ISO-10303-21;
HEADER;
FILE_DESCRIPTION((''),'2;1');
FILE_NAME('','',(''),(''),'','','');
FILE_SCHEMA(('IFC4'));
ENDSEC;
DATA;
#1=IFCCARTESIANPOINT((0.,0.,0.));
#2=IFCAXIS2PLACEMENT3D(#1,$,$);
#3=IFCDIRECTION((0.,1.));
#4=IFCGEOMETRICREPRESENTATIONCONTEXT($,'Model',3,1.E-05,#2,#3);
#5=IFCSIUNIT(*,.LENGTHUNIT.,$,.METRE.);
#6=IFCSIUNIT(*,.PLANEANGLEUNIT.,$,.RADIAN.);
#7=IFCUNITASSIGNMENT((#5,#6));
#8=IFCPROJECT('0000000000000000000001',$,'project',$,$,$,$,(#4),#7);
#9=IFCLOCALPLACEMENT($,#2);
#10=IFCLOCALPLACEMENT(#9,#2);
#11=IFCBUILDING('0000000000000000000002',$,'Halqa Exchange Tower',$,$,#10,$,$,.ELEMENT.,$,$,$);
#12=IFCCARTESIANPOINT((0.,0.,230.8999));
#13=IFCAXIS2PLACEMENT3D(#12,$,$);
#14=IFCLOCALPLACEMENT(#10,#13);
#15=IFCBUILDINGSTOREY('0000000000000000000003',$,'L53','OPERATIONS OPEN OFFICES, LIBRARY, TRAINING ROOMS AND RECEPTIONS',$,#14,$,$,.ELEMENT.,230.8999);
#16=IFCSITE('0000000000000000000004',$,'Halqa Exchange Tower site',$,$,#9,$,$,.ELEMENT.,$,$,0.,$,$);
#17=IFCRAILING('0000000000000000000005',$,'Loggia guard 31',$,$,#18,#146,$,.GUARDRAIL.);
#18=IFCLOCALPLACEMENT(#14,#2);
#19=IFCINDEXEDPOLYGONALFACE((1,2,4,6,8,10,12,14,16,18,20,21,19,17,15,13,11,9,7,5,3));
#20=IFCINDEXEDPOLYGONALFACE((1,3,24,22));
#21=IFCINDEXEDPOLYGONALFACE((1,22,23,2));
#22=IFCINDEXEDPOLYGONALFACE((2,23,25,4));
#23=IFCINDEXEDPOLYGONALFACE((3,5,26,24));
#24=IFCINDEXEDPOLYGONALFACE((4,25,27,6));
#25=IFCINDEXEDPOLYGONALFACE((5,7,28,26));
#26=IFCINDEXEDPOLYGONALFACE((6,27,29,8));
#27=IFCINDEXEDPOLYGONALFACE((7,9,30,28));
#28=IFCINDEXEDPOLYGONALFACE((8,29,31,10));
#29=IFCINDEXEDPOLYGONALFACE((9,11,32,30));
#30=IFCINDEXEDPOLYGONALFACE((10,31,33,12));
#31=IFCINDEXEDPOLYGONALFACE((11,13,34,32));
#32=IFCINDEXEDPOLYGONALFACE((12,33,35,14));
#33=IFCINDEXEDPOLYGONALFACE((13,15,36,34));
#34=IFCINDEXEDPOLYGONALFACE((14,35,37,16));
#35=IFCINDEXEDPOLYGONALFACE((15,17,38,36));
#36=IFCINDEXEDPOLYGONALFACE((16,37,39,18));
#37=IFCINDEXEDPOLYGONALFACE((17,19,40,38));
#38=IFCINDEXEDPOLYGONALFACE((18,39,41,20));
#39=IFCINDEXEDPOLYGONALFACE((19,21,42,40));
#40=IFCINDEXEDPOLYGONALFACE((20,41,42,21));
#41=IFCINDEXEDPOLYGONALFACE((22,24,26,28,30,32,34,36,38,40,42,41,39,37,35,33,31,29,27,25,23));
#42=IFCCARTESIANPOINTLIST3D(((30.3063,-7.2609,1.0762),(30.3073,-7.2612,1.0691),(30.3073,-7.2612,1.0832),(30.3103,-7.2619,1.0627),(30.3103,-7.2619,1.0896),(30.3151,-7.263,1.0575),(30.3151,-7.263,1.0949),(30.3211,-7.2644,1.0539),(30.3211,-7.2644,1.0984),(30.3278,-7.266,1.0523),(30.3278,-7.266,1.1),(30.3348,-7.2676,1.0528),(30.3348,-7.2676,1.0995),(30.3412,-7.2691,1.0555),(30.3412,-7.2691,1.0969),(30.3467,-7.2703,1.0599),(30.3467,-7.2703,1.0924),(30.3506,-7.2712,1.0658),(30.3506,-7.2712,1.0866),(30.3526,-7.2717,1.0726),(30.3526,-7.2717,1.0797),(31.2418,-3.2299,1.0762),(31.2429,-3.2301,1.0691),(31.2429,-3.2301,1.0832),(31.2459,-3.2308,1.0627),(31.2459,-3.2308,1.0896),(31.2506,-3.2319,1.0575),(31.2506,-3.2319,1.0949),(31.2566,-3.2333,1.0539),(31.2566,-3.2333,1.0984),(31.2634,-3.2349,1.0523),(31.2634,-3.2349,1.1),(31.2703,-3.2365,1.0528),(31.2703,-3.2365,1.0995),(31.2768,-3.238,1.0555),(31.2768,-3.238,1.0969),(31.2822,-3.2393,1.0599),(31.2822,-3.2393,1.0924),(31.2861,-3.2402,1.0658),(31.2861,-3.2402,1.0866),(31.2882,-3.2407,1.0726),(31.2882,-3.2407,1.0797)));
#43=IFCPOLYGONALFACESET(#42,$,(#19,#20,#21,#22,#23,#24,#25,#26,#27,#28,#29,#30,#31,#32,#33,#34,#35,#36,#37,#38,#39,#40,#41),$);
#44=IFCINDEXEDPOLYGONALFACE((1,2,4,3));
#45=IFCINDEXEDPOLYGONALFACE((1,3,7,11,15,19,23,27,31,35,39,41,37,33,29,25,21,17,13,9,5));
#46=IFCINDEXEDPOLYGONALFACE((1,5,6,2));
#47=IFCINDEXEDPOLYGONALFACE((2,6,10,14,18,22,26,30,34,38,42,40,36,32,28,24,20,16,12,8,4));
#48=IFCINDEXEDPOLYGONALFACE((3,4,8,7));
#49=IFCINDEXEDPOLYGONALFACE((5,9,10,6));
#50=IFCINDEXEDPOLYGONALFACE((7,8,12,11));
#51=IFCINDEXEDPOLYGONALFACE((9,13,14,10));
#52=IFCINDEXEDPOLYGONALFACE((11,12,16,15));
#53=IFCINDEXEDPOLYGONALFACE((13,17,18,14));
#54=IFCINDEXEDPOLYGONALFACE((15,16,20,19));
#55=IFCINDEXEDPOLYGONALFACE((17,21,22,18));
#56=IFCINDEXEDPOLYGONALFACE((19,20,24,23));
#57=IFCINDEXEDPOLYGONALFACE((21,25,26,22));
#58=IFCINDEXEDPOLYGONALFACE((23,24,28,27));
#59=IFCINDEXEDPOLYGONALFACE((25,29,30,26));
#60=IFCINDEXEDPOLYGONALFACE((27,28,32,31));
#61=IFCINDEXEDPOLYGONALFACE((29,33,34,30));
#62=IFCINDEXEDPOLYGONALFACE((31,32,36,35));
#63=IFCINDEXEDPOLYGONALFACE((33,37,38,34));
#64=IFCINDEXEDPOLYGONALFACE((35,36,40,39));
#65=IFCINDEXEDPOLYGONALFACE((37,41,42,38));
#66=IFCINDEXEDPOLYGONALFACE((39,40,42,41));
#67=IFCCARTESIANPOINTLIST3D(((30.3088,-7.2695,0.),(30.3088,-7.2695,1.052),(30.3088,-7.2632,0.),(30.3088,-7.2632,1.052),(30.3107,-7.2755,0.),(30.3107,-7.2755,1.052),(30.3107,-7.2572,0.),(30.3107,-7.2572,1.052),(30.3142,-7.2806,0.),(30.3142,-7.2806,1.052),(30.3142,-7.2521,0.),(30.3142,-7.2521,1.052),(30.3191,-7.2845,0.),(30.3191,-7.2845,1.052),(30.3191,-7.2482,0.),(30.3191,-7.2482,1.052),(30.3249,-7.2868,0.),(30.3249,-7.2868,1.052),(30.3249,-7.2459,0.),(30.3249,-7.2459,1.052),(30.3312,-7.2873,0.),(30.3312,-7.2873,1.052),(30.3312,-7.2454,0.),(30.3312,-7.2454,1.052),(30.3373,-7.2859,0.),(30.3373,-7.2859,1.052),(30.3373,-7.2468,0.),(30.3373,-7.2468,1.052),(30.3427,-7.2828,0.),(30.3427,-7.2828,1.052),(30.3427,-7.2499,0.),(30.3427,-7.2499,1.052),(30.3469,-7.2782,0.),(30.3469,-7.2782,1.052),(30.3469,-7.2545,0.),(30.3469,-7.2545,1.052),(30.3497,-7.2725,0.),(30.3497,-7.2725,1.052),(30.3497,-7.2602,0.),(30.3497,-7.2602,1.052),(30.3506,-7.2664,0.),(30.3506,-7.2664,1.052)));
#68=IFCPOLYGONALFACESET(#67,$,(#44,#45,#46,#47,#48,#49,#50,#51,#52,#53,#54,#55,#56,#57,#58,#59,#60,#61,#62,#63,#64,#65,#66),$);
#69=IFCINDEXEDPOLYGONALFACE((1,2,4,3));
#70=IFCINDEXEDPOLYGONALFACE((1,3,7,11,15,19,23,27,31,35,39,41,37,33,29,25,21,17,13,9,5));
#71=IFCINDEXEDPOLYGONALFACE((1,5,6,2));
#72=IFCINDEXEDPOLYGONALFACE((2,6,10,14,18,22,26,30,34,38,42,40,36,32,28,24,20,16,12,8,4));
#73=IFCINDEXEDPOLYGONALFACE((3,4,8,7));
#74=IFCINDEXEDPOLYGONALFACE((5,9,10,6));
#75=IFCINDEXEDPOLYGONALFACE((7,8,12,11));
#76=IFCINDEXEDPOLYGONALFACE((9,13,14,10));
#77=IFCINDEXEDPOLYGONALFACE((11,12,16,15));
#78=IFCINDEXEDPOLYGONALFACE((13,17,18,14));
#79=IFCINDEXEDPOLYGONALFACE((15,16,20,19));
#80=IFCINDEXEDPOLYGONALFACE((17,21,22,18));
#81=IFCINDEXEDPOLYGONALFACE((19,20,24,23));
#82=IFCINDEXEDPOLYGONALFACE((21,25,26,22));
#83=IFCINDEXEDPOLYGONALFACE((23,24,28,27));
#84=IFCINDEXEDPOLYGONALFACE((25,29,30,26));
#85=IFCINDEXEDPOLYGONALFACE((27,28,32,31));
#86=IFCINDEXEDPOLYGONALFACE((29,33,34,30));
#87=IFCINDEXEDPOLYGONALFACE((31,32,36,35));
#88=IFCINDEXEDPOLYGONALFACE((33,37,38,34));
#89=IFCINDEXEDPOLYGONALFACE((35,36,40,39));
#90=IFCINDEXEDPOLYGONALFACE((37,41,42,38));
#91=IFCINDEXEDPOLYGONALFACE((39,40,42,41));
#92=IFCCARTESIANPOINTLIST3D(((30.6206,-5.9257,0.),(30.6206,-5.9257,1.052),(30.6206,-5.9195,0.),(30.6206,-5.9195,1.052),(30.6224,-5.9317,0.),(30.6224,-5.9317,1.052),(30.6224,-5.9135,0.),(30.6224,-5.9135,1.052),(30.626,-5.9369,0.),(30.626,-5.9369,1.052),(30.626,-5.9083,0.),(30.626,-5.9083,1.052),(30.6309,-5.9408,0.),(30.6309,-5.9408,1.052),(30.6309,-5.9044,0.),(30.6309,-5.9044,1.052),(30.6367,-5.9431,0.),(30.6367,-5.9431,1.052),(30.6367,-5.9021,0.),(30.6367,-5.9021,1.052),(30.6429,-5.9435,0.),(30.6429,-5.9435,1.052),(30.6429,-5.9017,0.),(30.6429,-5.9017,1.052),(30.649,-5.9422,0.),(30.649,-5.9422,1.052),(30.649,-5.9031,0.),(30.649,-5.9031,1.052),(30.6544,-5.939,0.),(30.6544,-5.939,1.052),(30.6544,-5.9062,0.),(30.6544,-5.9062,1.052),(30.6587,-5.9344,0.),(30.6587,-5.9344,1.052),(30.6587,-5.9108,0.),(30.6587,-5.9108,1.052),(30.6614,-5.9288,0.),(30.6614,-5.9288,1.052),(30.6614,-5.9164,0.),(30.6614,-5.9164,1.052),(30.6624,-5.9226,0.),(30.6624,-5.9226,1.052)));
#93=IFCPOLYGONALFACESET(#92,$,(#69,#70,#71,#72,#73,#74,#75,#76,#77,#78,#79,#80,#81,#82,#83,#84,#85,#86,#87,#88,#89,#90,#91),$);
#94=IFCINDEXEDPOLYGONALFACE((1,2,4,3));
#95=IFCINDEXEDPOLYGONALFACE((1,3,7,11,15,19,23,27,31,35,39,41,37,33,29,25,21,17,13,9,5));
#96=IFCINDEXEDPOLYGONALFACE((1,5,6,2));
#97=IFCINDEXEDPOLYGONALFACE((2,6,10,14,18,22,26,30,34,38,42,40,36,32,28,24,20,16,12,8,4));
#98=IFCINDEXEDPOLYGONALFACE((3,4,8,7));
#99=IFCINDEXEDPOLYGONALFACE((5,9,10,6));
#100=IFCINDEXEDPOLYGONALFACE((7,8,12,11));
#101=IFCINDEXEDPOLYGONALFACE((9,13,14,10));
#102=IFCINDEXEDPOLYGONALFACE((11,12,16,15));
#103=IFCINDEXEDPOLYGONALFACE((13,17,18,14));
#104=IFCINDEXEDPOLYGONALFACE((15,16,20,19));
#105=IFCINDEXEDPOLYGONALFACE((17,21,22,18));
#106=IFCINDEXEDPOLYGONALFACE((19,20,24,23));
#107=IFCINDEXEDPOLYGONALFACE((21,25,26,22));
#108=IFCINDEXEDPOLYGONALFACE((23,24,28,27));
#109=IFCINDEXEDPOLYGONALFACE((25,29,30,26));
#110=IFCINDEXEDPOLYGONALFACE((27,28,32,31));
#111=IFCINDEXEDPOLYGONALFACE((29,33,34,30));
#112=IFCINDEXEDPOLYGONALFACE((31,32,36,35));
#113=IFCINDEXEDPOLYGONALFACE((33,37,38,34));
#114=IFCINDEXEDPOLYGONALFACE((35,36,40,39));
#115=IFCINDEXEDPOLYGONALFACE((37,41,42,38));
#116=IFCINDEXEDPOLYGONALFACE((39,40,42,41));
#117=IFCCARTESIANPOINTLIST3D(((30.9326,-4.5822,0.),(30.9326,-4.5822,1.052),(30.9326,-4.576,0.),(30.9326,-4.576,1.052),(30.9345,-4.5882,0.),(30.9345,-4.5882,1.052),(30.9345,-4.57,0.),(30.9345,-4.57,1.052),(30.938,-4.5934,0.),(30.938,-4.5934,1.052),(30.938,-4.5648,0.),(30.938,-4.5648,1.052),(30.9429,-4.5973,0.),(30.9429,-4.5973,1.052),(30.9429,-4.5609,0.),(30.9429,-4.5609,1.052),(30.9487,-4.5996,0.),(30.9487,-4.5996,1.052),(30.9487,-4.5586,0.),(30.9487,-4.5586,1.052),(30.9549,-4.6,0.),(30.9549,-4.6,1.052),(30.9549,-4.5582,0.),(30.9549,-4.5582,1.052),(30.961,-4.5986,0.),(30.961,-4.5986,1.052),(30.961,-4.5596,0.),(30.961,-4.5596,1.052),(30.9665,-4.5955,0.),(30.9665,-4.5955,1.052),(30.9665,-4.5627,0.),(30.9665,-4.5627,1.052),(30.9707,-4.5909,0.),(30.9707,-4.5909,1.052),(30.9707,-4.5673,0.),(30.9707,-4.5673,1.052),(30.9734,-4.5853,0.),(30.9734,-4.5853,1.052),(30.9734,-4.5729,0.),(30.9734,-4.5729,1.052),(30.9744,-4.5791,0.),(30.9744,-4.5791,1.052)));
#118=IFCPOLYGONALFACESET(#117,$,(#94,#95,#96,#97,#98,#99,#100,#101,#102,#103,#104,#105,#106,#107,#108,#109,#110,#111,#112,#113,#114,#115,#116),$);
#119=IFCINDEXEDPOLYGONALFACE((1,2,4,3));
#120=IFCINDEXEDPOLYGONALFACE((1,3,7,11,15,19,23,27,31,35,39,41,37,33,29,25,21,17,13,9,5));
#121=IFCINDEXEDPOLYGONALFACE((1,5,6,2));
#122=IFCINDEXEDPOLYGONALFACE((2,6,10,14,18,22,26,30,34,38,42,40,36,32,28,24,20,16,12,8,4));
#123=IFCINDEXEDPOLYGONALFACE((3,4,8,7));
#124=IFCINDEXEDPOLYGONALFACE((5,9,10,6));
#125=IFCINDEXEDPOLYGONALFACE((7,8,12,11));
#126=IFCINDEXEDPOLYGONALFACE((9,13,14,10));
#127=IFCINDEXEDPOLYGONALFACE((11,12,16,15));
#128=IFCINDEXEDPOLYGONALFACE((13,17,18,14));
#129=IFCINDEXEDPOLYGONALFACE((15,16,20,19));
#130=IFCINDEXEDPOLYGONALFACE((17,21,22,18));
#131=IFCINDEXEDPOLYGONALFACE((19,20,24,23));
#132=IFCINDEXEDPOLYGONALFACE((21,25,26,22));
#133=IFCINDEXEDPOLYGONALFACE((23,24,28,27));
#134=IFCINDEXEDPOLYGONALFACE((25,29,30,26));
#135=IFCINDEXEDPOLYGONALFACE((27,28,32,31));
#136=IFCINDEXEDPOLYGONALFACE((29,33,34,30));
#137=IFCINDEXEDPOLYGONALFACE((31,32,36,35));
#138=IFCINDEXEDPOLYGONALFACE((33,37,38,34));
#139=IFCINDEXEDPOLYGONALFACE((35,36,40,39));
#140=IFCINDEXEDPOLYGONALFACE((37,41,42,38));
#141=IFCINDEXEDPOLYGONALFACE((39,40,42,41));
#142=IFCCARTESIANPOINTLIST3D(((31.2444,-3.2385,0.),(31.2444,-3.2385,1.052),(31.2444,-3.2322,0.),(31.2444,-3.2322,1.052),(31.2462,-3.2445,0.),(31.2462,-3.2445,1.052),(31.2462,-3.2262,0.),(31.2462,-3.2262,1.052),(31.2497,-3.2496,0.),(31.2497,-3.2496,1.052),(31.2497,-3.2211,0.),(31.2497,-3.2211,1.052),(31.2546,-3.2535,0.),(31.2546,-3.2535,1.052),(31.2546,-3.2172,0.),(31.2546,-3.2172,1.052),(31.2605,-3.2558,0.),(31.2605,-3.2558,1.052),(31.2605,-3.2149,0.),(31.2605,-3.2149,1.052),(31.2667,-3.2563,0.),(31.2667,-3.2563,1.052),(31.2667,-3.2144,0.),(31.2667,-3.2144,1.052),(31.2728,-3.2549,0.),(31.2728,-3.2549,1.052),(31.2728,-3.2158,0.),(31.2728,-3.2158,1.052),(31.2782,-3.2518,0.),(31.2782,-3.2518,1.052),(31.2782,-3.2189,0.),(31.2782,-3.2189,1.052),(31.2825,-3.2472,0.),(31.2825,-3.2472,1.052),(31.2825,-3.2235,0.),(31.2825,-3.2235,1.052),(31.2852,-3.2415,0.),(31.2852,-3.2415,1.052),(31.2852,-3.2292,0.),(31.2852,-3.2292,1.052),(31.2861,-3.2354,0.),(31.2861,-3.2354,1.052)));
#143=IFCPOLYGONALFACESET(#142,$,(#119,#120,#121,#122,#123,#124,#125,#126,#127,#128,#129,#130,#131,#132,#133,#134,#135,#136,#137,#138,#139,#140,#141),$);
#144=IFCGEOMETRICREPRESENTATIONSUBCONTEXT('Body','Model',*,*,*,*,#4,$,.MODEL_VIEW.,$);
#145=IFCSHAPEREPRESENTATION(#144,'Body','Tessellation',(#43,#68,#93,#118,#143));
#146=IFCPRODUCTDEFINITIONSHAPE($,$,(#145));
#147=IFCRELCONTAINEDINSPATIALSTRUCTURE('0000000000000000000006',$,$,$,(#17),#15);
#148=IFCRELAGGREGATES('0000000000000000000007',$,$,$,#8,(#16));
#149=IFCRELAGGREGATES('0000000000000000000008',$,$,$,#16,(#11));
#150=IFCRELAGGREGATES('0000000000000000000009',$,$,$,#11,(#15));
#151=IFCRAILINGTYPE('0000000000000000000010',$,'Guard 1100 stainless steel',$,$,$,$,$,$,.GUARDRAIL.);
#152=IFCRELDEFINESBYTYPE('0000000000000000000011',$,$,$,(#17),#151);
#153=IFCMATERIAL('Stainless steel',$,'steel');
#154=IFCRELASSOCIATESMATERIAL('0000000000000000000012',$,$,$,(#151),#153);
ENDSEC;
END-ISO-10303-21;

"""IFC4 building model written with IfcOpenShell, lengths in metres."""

from ifc_helpers import new_model, si_unit, direction, frame, origin, origin_2d, place, context, subcontext, project, spatial, circle, extrude, material, type_object, element, save


model = new_model("IFC4")

# Units and contexts
model_context = context("Model", 3, precision=1e-05, world=origin(), true_north=direction((0.0, 1.0)))
body_context = subcontext(model_context, "Body", "Model", "MODEL_VIEW")
ifc_project = project(units=[si_unit("LENGTHUNIT", "METRE"), si_unit("PLANEANGLEUNIT", "RADIAN")], contexts=[model_context])

# Site, building, storey
site_placement = place(None, origin())
site = spatial("IfcSite", under=ifc_project, at=site_placement, Name="Halqa Exchange Tower site", CompositionType="ELEMENT", RefElevation=0.0)
building_placement = place(site_placement, origin())
building = spatial("IfcBuilding", under=site, at=building_placement, Name="Halqa Exchange Tower", CompositionType="ELEMENT")
storey_placement = place(building_placement, frame((0.0, 0.0, 230.8999)))
storey = spatial("IfcBuildingStorey", under=building, at=storey_placement, Name="L53", Description="OPERATIONS OPEN OFFICES, LIBRARY, TRAINING ROOMS AND RECEPTIONS", CompositionType="ELEMENT", Elevation=230.8999)

# Railing
ifc_material_1 = material(Name="Stainless steel", Category="steel")
railing_type = type_object("IfcRailingType", Name="Guard 1100 stainless steel", PredefinedType="GUARDRAIL", material=ifc_material_1)
railing_1_placement = place(storey_placement, frame((30.3296, -7.2664, 0.0)))
element("IfcRailing", 1, at=railing_1_placement, inside=storey, type_object=railing_type, Name="Loggia guard 31", PredefinedType="GUARDRAIL", context=body_context, shape_type="SweptSolid", body=[
    extrude(circle(Radius=0.0239, at=origin_2d()), frame((0.0, 0.0, 1.0762), z_axis=(0.226079, 0.974109, 0.0), x_axis=(-0.974109, 0.226079, 0.0)), (0.0, 0.0, 1.0), 4.1382),
    extrude(circle(Radius=0.021, at=origin_2d()), origin(), (0.0, 0.0, 1.0), 1.052),
    extrude(circle(Radius=0.021, at=origin_2d()), frame((0.3118, 1.3438, 0.0)), (0.0, 0.0, 1.0), 1.052),
    extrude(circle(Radius=0.021, at=origin_2d()), frame((0.6238, 2.6873, 0.0)), (0.0, 0.0, 1.0), 1.052),
    extrude(circle(Radius=0.021, at=origin_2d()), frame((0.9355, 4.031, 0.0)), (0.0, 0.0, 1.0), 1.052),
])

save(model, "model.ifc")
